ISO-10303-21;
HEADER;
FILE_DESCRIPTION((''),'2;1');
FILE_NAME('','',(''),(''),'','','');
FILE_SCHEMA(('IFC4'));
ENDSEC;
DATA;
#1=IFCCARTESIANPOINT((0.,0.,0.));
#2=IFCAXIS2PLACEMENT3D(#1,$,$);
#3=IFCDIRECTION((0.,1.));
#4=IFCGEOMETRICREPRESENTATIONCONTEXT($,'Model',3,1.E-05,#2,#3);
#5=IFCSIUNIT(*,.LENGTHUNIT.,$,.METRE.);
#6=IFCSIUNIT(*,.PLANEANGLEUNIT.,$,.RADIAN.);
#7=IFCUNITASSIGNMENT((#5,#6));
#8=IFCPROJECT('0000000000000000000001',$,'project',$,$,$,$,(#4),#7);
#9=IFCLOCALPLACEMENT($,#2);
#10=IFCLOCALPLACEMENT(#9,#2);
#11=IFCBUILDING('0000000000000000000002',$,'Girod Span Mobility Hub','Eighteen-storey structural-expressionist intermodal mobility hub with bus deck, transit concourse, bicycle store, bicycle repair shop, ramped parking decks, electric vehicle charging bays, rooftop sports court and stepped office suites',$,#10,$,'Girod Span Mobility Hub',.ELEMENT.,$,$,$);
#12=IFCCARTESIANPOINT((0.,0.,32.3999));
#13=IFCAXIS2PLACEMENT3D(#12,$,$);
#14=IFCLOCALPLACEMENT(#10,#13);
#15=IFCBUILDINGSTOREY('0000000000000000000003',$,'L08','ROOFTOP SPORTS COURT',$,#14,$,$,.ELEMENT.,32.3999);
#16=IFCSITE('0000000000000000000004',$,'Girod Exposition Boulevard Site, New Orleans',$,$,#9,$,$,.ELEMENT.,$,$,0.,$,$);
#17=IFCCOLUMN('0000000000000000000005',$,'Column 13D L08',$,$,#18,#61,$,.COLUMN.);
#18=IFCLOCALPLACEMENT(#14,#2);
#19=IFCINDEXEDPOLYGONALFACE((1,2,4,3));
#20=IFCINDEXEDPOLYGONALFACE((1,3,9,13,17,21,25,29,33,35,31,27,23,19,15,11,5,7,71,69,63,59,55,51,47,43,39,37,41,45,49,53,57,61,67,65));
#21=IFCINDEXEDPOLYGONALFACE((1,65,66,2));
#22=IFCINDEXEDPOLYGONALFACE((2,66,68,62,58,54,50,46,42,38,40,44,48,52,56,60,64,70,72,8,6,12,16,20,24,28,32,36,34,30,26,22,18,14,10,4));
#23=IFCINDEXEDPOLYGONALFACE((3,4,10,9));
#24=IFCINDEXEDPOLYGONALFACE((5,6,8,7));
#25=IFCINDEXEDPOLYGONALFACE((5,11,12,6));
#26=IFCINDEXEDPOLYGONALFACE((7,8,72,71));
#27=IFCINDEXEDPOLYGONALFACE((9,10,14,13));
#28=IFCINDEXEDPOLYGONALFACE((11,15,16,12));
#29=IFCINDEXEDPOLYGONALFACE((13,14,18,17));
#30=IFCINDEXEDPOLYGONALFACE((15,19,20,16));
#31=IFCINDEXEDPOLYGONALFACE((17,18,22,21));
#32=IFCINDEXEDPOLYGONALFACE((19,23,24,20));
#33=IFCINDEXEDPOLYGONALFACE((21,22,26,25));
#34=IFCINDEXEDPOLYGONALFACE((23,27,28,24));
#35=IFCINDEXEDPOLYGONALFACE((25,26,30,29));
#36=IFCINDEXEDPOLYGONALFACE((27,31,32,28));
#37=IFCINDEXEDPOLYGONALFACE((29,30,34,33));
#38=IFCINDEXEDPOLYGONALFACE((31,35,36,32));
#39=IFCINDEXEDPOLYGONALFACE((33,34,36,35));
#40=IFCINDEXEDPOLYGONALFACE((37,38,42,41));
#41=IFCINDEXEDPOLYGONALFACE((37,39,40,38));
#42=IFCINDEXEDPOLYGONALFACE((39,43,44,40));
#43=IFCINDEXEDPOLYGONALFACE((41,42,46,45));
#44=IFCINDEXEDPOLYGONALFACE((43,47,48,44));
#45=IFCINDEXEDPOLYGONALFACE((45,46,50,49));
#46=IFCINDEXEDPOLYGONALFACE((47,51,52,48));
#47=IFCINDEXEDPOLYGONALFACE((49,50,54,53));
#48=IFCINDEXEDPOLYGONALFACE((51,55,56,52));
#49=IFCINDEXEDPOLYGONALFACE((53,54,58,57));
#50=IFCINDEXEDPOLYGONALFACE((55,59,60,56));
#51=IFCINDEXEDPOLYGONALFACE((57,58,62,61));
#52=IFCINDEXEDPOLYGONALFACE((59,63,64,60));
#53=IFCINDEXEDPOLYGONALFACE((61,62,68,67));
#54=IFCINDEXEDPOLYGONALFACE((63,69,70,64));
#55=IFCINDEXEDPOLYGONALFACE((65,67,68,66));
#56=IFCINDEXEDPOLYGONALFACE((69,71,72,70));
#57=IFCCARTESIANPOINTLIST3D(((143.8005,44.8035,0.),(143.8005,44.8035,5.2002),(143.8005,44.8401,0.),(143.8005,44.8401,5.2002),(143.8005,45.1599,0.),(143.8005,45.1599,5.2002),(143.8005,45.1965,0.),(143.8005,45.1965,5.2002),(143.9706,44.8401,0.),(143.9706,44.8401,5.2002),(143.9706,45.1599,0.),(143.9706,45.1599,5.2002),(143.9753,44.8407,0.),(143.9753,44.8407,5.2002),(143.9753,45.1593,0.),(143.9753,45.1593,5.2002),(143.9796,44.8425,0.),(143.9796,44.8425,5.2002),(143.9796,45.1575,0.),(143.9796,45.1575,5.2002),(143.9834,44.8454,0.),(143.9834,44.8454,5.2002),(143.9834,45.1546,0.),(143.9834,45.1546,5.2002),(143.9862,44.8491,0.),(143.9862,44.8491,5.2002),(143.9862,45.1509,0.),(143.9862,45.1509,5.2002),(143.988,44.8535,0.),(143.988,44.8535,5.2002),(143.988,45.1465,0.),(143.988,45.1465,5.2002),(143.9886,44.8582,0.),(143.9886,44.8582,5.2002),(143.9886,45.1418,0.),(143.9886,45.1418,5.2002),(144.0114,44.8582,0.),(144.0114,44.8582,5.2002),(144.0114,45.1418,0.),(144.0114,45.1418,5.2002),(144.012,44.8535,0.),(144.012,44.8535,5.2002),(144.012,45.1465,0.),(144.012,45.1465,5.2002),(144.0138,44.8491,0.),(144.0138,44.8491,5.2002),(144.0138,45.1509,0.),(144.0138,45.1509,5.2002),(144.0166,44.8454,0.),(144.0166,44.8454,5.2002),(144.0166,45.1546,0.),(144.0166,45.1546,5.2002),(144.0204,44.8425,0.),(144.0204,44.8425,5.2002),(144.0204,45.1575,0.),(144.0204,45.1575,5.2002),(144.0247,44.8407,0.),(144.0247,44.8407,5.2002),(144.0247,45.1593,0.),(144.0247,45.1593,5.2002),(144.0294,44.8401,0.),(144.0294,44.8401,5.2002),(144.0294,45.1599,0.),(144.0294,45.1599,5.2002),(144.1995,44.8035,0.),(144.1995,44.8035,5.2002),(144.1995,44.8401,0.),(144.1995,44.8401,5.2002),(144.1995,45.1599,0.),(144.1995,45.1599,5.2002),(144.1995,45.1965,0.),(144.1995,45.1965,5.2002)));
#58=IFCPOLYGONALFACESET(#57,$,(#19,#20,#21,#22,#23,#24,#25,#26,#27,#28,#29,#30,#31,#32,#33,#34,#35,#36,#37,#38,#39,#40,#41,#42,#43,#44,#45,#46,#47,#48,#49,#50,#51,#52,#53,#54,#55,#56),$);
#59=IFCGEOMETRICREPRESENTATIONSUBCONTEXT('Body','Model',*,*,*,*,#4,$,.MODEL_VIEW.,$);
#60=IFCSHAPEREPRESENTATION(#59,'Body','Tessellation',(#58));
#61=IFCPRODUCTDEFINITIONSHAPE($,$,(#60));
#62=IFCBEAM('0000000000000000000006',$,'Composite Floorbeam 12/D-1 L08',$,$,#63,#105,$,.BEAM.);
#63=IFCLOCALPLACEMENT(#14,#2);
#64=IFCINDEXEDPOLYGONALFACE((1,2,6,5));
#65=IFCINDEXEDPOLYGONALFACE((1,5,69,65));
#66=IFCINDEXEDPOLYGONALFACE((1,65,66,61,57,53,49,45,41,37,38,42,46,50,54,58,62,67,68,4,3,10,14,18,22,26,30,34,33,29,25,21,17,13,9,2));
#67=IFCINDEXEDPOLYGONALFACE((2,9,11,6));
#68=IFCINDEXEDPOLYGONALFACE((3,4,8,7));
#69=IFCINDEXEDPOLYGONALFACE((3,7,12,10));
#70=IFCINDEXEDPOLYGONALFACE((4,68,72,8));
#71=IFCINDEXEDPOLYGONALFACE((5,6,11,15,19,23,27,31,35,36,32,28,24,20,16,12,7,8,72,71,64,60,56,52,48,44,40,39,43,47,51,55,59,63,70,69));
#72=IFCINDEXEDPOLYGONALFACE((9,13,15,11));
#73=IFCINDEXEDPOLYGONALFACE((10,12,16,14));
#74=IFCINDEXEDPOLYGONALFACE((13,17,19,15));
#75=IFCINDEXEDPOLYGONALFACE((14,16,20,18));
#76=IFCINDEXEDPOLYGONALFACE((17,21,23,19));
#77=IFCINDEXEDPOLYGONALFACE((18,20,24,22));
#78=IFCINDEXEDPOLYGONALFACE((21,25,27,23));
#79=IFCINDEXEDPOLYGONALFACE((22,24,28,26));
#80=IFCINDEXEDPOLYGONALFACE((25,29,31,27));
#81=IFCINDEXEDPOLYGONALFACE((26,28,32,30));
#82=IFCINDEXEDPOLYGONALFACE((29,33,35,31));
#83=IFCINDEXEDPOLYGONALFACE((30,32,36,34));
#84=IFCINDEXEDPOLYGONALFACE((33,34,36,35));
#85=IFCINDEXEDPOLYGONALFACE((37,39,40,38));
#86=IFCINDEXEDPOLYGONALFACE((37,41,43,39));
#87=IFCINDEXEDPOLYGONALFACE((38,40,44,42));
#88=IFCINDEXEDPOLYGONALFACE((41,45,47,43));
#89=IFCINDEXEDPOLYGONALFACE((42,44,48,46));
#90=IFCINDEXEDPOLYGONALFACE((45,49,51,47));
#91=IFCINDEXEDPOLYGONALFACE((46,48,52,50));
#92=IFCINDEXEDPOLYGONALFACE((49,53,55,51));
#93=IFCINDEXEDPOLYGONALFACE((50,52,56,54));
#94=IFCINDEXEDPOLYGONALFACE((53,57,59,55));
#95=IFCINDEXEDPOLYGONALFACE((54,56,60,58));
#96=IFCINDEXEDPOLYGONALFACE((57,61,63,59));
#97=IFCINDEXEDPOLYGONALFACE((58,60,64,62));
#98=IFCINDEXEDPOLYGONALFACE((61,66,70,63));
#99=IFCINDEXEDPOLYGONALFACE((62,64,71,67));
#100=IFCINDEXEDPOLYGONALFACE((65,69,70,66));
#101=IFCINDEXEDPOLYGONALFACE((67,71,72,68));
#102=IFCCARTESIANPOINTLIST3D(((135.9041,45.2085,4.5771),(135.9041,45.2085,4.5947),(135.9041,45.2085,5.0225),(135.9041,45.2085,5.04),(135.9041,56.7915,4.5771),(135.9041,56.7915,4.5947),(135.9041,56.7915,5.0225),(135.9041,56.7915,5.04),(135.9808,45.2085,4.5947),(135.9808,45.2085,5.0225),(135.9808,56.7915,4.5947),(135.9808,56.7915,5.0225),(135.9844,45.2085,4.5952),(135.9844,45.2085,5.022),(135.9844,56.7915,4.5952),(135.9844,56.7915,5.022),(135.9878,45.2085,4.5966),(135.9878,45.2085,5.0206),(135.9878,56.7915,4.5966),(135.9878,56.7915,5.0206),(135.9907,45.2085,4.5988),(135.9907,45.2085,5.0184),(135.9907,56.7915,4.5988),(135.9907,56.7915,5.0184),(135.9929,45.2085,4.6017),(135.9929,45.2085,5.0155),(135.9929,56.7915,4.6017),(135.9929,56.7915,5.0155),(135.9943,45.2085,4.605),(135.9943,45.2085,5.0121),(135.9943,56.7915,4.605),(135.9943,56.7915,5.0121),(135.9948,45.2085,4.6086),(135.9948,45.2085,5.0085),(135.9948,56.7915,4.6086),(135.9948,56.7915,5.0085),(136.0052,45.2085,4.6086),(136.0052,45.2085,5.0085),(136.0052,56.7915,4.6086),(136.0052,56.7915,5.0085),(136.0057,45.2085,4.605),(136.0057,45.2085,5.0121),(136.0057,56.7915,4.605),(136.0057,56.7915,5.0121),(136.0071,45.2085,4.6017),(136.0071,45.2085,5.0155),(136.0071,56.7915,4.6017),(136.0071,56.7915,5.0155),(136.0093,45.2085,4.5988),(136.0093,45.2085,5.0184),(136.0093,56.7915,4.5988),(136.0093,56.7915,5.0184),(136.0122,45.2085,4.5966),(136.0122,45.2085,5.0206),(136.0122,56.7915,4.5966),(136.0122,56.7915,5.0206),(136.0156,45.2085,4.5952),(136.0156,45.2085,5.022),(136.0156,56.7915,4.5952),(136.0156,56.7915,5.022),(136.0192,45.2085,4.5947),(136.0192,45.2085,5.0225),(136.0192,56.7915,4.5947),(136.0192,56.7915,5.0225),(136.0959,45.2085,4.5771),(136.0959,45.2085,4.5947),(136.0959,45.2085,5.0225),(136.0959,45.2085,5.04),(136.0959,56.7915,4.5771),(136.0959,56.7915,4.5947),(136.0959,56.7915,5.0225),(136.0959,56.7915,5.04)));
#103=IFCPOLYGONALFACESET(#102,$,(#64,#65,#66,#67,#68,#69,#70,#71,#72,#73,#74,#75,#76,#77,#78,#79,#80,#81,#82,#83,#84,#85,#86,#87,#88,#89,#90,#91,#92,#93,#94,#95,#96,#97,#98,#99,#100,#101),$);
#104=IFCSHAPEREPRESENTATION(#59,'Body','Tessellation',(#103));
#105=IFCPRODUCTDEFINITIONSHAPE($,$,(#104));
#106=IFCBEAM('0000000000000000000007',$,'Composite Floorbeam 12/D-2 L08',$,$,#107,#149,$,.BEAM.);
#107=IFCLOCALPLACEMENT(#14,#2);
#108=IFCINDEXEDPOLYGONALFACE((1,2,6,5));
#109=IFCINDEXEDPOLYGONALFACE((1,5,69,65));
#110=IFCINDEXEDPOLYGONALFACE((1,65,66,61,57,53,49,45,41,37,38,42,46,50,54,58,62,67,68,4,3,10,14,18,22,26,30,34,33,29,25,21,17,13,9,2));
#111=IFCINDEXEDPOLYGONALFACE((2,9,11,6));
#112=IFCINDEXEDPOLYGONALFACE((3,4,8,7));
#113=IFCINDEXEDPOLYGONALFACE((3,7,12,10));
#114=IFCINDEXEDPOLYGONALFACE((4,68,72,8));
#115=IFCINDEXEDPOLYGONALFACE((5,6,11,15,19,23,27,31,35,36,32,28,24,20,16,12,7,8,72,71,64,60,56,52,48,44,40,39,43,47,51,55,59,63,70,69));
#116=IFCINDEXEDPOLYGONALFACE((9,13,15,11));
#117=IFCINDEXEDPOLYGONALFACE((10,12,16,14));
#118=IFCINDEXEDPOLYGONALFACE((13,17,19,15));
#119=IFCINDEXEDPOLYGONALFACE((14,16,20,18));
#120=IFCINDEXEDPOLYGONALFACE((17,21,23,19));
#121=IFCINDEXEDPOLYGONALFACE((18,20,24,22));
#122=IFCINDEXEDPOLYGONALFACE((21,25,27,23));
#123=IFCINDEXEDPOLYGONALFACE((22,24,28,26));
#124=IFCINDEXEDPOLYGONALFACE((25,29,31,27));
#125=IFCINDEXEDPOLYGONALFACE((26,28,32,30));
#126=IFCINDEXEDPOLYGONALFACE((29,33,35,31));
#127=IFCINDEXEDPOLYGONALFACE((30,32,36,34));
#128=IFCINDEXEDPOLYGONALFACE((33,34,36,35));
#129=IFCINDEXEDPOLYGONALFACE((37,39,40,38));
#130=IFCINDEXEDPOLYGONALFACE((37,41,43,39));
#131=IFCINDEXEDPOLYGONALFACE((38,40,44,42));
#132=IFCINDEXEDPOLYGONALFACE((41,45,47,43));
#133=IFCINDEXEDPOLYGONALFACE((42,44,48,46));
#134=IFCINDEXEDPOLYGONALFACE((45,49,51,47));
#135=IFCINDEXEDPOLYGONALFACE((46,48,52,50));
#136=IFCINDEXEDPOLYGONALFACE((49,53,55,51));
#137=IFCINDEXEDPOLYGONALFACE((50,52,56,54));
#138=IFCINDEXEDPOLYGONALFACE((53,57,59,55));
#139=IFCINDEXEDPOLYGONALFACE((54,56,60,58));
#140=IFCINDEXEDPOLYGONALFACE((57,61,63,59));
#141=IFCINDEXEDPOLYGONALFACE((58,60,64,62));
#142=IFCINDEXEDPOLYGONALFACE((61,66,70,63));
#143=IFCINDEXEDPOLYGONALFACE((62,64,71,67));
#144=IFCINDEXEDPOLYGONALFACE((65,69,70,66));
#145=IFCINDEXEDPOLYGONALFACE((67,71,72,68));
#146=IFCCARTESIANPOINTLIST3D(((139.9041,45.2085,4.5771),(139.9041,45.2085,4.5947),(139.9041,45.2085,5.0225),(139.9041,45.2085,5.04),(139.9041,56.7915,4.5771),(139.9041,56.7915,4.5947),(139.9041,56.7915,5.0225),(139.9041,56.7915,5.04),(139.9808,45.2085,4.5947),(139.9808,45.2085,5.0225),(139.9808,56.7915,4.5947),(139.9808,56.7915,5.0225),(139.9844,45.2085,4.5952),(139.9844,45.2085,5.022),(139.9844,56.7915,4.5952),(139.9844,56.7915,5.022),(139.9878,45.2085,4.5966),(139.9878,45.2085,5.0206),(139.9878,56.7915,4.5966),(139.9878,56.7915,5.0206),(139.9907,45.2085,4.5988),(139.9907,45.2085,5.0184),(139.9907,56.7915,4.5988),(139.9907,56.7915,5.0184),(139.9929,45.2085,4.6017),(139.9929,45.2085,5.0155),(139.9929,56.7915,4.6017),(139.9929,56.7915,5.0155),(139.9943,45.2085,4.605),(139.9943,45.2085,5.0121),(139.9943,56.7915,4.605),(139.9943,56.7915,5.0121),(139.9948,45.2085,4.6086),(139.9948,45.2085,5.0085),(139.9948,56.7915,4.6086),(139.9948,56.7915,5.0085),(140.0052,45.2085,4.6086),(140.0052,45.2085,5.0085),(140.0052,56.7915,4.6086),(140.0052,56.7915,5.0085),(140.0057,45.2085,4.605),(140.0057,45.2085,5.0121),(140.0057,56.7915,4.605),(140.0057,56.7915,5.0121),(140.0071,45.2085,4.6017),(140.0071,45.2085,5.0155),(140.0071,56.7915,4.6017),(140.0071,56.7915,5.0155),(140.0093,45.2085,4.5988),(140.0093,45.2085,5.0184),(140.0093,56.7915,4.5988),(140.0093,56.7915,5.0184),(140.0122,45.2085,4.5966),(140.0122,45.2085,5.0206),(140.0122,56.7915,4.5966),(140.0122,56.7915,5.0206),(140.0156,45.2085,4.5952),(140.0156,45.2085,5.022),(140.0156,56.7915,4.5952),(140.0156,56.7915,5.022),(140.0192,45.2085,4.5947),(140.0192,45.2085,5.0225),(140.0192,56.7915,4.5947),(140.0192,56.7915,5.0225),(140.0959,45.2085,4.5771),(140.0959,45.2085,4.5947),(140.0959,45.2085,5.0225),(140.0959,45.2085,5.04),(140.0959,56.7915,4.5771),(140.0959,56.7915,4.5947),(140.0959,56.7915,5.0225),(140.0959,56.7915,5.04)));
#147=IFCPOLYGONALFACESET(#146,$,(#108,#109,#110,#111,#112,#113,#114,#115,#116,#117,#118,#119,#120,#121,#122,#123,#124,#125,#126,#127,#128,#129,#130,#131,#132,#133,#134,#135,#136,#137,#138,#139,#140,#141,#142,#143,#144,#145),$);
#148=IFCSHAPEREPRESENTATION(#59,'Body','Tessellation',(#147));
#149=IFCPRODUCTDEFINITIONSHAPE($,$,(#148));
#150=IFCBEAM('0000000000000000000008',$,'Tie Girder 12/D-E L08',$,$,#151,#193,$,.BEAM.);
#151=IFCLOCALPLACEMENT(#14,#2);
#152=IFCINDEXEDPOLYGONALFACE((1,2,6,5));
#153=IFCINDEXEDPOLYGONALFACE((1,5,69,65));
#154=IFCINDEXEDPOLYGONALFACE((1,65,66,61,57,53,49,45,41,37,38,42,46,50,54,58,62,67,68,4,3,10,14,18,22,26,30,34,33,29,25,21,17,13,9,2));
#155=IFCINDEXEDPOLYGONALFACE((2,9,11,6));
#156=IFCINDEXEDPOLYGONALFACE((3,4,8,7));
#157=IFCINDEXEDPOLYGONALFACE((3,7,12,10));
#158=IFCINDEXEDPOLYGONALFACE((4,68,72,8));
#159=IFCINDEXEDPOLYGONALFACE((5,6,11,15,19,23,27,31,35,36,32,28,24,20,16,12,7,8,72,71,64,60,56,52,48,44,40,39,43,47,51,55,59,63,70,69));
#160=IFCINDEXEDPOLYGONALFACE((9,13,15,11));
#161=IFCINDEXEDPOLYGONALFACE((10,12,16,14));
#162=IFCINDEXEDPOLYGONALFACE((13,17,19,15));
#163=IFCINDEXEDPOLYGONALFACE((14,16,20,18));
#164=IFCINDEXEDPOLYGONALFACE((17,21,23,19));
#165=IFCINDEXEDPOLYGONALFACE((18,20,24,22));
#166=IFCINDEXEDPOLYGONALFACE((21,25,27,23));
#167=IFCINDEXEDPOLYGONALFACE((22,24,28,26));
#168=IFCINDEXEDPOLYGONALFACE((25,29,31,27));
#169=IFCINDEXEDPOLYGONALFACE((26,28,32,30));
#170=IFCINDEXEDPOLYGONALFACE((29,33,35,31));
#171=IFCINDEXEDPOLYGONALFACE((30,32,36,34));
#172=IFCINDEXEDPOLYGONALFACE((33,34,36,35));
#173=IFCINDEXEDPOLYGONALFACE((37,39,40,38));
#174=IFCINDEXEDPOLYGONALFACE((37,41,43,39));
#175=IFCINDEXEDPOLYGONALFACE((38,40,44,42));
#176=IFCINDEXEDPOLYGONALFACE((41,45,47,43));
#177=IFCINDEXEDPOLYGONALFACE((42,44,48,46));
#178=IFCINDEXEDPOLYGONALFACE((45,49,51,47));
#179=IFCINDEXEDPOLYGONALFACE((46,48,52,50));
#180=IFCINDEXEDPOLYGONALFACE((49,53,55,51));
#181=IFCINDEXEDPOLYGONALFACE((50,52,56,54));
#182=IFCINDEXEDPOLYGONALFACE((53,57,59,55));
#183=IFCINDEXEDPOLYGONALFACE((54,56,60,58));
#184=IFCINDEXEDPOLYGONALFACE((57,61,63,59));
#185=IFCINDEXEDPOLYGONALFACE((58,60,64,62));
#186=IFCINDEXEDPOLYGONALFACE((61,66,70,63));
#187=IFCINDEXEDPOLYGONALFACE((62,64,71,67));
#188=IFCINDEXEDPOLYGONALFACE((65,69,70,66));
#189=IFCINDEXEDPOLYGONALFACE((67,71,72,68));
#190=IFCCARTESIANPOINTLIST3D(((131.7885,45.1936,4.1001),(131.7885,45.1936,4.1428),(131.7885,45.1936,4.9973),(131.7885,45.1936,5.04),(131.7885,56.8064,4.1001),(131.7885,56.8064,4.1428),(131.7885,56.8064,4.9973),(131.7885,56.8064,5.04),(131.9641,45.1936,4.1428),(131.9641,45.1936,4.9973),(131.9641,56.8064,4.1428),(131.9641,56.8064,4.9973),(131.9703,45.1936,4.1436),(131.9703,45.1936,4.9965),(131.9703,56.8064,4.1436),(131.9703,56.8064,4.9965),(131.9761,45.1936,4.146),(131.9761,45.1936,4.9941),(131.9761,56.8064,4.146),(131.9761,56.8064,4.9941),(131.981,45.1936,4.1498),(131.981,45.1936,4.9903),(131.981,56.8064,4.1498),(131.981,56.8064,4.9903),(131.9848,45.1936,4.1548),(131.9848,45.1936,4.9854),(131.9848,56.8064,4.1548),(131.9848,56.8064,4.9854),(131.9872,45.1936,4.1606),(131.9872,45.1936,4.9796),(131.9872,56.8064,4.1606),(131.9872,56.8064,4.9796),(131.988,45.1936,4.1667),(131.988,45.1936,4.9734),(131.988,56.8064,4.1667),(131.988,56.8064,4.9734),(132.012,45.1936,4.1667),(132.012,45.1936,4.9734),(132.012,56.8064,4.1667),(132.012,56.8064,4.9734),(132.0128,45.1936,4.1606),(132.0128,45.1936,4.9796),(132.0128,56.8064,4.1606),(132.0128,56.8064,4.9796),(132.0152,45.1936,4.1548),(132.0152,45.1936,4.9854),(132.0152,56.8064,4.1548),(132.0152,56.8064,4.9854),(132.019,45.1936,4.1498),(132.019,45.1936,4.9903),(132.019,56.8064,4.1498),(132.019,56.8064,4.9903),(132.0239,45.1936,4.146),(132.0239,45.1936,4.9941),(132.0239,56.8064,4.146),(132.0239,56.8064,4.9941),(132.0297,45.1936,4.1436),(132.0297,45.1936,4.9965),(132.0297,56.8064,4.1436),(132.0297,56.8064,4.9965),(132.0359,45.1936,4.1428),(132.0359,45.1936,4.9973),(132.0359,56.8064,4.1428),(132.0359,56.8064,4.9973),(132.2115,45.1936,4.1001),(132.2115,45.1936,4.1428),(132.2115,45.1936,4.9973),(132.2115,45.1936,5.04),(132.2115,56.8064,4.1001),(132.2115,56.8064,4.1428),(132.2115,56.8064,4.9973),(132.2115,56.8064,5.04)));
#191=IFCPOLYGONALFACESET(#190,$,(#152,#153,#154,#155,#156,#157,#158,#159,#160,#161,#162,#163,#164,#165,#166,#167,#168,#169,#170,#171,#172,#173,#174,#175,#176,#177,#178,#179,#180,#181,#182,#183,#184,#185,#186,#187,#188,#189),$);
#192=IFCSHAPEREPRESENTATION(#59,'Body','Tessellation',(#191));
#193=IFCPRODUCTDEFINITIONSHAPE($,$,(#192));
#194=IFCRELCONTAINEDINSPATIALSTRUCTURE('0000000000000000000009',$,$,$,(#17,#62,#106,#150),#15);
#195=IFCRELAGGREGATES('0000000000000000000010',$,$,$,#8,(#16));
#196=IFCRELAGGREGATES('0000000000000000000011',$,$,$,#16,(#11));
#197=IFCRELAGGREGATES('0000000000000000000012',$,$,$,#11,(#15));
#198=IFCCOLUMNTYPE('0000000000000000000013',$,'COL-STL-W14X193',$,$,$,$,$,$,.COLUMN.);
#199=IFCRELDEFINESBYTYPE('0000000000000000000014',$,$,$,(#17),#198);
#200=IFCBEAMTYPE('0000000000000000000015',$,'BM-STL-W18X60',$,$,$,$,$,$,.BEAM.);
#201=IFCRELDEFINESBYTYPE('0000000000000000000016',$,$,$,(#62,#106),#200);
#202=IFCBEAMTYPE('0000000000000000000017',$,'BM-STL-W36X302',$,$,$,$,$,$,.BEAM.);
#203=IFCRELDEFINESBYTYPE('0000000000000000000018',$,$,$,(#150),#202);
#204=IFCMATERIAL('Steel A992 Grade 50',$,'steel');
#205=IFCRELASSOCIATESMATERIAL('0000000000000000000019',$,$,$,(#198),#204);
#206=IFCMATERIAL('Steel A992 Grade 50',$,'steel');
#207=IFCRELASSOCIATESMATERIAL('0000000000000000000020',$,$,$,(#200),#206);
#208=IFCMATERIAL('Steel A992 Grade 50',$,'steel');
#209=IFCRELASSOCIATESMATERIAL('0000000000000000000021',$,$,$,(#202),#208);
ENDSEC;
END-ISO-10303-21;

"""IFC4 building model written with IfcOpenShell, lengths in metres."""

from ifc_helpers import new_model, si_unit, direction, frame, origin, origin_2d, place, context, subcontext, project, spatial, i_section, extrude, material, material_profile, profile_set, type_object, element, save


model = new_model("IFC4")

# Units and contexts
model_context = context("Model", 3, precision=1e-05, world=origin(), true_north=direction((0.0, 1.0)))
body_context = subcontext(model_context, "Body", "Model", "MODEL_VIEW")
ifc_project = project(units=[si_unit("LENGTHUNIT", "METRE"), si_unit("PLANEANGLEUNIT", "RADIAN")], contexts=[model_context])

# Site, building, storey
site_placement = place(None, origin())
site = spatial("IfcSite", under=ifc_project, at=site_placement, Name="Girod Exposition Boulevard Site, New Orleans", CompositionType="ELEMENT", RefElevation=0.0)
building_placement = place(site_placement, origin())
building = spatial("IfcBuilding", under=site, at=building_placement, Name="Girod Span Mobility Hub", Description="Eighteen-storey structural-expressionist intermodal mobility hub with bus deck, transit concourse, bicycle store, bicycle repair shop, ramped parking decks, electric vehicle charging bays, rooftop sports court and stepped office suites", LongName="Girod Span Mobility Hub", CompositionType="ELEMENT")
storey_placement = place(building_placement, frame((0.0, 0.0, 32.3999)))
storey = spatial("IfcBuildingStorey", under=building, at=storey_placement, Name="L08", Description="ROOFTOP SPORTS COURT", CompositionType="ELEMENT", Elevation=32.3999)

# Column
ifc_material_1 = material(Name="Steel A992 Grade 50", Category="steel")
ifc_material_profile_1 = material_profile(ifc_material_1, i_section(OverallWidth=0.3989, OverallDepth=0.3931, WebThickness=0.0227, FlangeThickness=0.0366, FilletRadius=0.0181, at=origin_2d()), Name="W14X193")
ifc_profile_set_1 = profile_set([ifc_material_profile_1], Name="Steel A992 Grade 50")
column_type = type_object("IfcColumnType", Name="COL-STL-W14X193", PredefinedType="COLUMN", material=ifc_profile_set_1)
column_placement = place(storey_placement, frame((144.0, 45.0, 0.0), z_axis=(0.0, 0.0, 1.0), x_axis=(1.0, 0.0, 0.0)))
element("IfcColumn", 1, at=column_placement, inside=storey, type_object=column_type, Name="Column 13D L08", PredefinedType="COLUMN", context=body_context, shape_type="SweptSolid", body=[
    extrude(i_section(OverallWidth=0.3989, OverallDepth=0.3931, WebThickness=0.0227, FlangeThickness=0.0366, FilletRadius=0.0181, at=origin_2d()), origin(), (0.0, 0.0, 1.0), 5.2002),
])

# Beams
ifc_material_2 = material(Name="Steel A992 Grade 50", Category="steel")
ifc_material_profile_2 = material_profile(ifc_material_2, i_section(OverallWidth=0.1919, OverallDepth=0.4629, WebThickness=0.0105, FlangeThickness=0.0176, FilletRadius=0.0139, at=origin_2d()), Name="W18X60")
ifc_profile_set_2 = profile_set([ifc_material_profile_2], Name="Steel A992 Grade 50")
beam_type_1 = type_object("IfcBeamType", Name="BM-STL-W18X60", PredefinedType="BEAM", material=ifc_profile_set_2)
for number, where, z_axis, x_axis, name in (
    (2, (136.0, 45.2085, 4.8086), (0.0, 1.0, 0.0), (-1.0, 0.0, 0.0), "Composite Floorbeam 12/D-1 L08"),
    (3, (140.0, 45.2085, 4.8086), (0.0, 1.0, 0.0), (-1.0, 0.0, 0.0), "Composite Floorbeam 12/D-2 L08"),
):
    element("IfcBeam", number, at=place(storey_placement, frame(where, z_axis=z_axis, x_axis=x_axis)), inside=storey, type_object=beam_type_1, Name=name, PredefinedType="BEAM", context=body_context, shape_type="SweptSolid", body=[
        extrude(i_section(OverallWidth=0.1919, OverallDepth=0.4629, WebThickness=0.0105, FlangeThickness=0.0176, FilletRadius=0.0139, at=origin_2d()), origin(), (0.0, 0.0, 1.0), 11.583),
    ])
ifc_material_3 = material(Name="Steel A992 Grade 50", Category="steel")
ifc_material_profile_3 = material_profile(ifc_material_3, i_section(OverallWidth=0.4231, OverallDepth=0.9399, WebThickness=0.0239, FlangeThickness=0.0427, FilletRadius=0.0239, at=origin_2d()), Name="W36X302")
ifc_profile_set_3 = profile_set([ifc_material_profile_3], Name="Steel A992 Grade 50")
beam_type_2 = type_object("IfcBeamType", Name="BM-STL-W36X302", PredefinedType="BEAM", material=ifc_profile_set_3)
for number, where, z_axis, x_axis, name in (
    (4, (132.0, 45.1936, 4.5701), (0.0, 1.0, 0.0), (-1.0, 0.0, 0.0), "Tie Girder 12/D-E L08"),
):
    element("IfcBeam", number, at=place(storey_placement, frame(where, z_axis=z_axis, x_axis=x_axis)), inside=storey, type_object=beam_type_2, Name=name, PredefinedType="BEAM", context=body_context, shape_type="SweptSolid", body=[
        extrude(i_section(OverallWidth=0.4231, OverallDepth=0.9399, WebThickness=0.0239, FlangeThickness=0.0427, FilletRadius=0.0239, at=origin_2d()), origin(), (0.0, 0.0, 1.0), 11.6128),
    ])

save(model, "model.ifc")
